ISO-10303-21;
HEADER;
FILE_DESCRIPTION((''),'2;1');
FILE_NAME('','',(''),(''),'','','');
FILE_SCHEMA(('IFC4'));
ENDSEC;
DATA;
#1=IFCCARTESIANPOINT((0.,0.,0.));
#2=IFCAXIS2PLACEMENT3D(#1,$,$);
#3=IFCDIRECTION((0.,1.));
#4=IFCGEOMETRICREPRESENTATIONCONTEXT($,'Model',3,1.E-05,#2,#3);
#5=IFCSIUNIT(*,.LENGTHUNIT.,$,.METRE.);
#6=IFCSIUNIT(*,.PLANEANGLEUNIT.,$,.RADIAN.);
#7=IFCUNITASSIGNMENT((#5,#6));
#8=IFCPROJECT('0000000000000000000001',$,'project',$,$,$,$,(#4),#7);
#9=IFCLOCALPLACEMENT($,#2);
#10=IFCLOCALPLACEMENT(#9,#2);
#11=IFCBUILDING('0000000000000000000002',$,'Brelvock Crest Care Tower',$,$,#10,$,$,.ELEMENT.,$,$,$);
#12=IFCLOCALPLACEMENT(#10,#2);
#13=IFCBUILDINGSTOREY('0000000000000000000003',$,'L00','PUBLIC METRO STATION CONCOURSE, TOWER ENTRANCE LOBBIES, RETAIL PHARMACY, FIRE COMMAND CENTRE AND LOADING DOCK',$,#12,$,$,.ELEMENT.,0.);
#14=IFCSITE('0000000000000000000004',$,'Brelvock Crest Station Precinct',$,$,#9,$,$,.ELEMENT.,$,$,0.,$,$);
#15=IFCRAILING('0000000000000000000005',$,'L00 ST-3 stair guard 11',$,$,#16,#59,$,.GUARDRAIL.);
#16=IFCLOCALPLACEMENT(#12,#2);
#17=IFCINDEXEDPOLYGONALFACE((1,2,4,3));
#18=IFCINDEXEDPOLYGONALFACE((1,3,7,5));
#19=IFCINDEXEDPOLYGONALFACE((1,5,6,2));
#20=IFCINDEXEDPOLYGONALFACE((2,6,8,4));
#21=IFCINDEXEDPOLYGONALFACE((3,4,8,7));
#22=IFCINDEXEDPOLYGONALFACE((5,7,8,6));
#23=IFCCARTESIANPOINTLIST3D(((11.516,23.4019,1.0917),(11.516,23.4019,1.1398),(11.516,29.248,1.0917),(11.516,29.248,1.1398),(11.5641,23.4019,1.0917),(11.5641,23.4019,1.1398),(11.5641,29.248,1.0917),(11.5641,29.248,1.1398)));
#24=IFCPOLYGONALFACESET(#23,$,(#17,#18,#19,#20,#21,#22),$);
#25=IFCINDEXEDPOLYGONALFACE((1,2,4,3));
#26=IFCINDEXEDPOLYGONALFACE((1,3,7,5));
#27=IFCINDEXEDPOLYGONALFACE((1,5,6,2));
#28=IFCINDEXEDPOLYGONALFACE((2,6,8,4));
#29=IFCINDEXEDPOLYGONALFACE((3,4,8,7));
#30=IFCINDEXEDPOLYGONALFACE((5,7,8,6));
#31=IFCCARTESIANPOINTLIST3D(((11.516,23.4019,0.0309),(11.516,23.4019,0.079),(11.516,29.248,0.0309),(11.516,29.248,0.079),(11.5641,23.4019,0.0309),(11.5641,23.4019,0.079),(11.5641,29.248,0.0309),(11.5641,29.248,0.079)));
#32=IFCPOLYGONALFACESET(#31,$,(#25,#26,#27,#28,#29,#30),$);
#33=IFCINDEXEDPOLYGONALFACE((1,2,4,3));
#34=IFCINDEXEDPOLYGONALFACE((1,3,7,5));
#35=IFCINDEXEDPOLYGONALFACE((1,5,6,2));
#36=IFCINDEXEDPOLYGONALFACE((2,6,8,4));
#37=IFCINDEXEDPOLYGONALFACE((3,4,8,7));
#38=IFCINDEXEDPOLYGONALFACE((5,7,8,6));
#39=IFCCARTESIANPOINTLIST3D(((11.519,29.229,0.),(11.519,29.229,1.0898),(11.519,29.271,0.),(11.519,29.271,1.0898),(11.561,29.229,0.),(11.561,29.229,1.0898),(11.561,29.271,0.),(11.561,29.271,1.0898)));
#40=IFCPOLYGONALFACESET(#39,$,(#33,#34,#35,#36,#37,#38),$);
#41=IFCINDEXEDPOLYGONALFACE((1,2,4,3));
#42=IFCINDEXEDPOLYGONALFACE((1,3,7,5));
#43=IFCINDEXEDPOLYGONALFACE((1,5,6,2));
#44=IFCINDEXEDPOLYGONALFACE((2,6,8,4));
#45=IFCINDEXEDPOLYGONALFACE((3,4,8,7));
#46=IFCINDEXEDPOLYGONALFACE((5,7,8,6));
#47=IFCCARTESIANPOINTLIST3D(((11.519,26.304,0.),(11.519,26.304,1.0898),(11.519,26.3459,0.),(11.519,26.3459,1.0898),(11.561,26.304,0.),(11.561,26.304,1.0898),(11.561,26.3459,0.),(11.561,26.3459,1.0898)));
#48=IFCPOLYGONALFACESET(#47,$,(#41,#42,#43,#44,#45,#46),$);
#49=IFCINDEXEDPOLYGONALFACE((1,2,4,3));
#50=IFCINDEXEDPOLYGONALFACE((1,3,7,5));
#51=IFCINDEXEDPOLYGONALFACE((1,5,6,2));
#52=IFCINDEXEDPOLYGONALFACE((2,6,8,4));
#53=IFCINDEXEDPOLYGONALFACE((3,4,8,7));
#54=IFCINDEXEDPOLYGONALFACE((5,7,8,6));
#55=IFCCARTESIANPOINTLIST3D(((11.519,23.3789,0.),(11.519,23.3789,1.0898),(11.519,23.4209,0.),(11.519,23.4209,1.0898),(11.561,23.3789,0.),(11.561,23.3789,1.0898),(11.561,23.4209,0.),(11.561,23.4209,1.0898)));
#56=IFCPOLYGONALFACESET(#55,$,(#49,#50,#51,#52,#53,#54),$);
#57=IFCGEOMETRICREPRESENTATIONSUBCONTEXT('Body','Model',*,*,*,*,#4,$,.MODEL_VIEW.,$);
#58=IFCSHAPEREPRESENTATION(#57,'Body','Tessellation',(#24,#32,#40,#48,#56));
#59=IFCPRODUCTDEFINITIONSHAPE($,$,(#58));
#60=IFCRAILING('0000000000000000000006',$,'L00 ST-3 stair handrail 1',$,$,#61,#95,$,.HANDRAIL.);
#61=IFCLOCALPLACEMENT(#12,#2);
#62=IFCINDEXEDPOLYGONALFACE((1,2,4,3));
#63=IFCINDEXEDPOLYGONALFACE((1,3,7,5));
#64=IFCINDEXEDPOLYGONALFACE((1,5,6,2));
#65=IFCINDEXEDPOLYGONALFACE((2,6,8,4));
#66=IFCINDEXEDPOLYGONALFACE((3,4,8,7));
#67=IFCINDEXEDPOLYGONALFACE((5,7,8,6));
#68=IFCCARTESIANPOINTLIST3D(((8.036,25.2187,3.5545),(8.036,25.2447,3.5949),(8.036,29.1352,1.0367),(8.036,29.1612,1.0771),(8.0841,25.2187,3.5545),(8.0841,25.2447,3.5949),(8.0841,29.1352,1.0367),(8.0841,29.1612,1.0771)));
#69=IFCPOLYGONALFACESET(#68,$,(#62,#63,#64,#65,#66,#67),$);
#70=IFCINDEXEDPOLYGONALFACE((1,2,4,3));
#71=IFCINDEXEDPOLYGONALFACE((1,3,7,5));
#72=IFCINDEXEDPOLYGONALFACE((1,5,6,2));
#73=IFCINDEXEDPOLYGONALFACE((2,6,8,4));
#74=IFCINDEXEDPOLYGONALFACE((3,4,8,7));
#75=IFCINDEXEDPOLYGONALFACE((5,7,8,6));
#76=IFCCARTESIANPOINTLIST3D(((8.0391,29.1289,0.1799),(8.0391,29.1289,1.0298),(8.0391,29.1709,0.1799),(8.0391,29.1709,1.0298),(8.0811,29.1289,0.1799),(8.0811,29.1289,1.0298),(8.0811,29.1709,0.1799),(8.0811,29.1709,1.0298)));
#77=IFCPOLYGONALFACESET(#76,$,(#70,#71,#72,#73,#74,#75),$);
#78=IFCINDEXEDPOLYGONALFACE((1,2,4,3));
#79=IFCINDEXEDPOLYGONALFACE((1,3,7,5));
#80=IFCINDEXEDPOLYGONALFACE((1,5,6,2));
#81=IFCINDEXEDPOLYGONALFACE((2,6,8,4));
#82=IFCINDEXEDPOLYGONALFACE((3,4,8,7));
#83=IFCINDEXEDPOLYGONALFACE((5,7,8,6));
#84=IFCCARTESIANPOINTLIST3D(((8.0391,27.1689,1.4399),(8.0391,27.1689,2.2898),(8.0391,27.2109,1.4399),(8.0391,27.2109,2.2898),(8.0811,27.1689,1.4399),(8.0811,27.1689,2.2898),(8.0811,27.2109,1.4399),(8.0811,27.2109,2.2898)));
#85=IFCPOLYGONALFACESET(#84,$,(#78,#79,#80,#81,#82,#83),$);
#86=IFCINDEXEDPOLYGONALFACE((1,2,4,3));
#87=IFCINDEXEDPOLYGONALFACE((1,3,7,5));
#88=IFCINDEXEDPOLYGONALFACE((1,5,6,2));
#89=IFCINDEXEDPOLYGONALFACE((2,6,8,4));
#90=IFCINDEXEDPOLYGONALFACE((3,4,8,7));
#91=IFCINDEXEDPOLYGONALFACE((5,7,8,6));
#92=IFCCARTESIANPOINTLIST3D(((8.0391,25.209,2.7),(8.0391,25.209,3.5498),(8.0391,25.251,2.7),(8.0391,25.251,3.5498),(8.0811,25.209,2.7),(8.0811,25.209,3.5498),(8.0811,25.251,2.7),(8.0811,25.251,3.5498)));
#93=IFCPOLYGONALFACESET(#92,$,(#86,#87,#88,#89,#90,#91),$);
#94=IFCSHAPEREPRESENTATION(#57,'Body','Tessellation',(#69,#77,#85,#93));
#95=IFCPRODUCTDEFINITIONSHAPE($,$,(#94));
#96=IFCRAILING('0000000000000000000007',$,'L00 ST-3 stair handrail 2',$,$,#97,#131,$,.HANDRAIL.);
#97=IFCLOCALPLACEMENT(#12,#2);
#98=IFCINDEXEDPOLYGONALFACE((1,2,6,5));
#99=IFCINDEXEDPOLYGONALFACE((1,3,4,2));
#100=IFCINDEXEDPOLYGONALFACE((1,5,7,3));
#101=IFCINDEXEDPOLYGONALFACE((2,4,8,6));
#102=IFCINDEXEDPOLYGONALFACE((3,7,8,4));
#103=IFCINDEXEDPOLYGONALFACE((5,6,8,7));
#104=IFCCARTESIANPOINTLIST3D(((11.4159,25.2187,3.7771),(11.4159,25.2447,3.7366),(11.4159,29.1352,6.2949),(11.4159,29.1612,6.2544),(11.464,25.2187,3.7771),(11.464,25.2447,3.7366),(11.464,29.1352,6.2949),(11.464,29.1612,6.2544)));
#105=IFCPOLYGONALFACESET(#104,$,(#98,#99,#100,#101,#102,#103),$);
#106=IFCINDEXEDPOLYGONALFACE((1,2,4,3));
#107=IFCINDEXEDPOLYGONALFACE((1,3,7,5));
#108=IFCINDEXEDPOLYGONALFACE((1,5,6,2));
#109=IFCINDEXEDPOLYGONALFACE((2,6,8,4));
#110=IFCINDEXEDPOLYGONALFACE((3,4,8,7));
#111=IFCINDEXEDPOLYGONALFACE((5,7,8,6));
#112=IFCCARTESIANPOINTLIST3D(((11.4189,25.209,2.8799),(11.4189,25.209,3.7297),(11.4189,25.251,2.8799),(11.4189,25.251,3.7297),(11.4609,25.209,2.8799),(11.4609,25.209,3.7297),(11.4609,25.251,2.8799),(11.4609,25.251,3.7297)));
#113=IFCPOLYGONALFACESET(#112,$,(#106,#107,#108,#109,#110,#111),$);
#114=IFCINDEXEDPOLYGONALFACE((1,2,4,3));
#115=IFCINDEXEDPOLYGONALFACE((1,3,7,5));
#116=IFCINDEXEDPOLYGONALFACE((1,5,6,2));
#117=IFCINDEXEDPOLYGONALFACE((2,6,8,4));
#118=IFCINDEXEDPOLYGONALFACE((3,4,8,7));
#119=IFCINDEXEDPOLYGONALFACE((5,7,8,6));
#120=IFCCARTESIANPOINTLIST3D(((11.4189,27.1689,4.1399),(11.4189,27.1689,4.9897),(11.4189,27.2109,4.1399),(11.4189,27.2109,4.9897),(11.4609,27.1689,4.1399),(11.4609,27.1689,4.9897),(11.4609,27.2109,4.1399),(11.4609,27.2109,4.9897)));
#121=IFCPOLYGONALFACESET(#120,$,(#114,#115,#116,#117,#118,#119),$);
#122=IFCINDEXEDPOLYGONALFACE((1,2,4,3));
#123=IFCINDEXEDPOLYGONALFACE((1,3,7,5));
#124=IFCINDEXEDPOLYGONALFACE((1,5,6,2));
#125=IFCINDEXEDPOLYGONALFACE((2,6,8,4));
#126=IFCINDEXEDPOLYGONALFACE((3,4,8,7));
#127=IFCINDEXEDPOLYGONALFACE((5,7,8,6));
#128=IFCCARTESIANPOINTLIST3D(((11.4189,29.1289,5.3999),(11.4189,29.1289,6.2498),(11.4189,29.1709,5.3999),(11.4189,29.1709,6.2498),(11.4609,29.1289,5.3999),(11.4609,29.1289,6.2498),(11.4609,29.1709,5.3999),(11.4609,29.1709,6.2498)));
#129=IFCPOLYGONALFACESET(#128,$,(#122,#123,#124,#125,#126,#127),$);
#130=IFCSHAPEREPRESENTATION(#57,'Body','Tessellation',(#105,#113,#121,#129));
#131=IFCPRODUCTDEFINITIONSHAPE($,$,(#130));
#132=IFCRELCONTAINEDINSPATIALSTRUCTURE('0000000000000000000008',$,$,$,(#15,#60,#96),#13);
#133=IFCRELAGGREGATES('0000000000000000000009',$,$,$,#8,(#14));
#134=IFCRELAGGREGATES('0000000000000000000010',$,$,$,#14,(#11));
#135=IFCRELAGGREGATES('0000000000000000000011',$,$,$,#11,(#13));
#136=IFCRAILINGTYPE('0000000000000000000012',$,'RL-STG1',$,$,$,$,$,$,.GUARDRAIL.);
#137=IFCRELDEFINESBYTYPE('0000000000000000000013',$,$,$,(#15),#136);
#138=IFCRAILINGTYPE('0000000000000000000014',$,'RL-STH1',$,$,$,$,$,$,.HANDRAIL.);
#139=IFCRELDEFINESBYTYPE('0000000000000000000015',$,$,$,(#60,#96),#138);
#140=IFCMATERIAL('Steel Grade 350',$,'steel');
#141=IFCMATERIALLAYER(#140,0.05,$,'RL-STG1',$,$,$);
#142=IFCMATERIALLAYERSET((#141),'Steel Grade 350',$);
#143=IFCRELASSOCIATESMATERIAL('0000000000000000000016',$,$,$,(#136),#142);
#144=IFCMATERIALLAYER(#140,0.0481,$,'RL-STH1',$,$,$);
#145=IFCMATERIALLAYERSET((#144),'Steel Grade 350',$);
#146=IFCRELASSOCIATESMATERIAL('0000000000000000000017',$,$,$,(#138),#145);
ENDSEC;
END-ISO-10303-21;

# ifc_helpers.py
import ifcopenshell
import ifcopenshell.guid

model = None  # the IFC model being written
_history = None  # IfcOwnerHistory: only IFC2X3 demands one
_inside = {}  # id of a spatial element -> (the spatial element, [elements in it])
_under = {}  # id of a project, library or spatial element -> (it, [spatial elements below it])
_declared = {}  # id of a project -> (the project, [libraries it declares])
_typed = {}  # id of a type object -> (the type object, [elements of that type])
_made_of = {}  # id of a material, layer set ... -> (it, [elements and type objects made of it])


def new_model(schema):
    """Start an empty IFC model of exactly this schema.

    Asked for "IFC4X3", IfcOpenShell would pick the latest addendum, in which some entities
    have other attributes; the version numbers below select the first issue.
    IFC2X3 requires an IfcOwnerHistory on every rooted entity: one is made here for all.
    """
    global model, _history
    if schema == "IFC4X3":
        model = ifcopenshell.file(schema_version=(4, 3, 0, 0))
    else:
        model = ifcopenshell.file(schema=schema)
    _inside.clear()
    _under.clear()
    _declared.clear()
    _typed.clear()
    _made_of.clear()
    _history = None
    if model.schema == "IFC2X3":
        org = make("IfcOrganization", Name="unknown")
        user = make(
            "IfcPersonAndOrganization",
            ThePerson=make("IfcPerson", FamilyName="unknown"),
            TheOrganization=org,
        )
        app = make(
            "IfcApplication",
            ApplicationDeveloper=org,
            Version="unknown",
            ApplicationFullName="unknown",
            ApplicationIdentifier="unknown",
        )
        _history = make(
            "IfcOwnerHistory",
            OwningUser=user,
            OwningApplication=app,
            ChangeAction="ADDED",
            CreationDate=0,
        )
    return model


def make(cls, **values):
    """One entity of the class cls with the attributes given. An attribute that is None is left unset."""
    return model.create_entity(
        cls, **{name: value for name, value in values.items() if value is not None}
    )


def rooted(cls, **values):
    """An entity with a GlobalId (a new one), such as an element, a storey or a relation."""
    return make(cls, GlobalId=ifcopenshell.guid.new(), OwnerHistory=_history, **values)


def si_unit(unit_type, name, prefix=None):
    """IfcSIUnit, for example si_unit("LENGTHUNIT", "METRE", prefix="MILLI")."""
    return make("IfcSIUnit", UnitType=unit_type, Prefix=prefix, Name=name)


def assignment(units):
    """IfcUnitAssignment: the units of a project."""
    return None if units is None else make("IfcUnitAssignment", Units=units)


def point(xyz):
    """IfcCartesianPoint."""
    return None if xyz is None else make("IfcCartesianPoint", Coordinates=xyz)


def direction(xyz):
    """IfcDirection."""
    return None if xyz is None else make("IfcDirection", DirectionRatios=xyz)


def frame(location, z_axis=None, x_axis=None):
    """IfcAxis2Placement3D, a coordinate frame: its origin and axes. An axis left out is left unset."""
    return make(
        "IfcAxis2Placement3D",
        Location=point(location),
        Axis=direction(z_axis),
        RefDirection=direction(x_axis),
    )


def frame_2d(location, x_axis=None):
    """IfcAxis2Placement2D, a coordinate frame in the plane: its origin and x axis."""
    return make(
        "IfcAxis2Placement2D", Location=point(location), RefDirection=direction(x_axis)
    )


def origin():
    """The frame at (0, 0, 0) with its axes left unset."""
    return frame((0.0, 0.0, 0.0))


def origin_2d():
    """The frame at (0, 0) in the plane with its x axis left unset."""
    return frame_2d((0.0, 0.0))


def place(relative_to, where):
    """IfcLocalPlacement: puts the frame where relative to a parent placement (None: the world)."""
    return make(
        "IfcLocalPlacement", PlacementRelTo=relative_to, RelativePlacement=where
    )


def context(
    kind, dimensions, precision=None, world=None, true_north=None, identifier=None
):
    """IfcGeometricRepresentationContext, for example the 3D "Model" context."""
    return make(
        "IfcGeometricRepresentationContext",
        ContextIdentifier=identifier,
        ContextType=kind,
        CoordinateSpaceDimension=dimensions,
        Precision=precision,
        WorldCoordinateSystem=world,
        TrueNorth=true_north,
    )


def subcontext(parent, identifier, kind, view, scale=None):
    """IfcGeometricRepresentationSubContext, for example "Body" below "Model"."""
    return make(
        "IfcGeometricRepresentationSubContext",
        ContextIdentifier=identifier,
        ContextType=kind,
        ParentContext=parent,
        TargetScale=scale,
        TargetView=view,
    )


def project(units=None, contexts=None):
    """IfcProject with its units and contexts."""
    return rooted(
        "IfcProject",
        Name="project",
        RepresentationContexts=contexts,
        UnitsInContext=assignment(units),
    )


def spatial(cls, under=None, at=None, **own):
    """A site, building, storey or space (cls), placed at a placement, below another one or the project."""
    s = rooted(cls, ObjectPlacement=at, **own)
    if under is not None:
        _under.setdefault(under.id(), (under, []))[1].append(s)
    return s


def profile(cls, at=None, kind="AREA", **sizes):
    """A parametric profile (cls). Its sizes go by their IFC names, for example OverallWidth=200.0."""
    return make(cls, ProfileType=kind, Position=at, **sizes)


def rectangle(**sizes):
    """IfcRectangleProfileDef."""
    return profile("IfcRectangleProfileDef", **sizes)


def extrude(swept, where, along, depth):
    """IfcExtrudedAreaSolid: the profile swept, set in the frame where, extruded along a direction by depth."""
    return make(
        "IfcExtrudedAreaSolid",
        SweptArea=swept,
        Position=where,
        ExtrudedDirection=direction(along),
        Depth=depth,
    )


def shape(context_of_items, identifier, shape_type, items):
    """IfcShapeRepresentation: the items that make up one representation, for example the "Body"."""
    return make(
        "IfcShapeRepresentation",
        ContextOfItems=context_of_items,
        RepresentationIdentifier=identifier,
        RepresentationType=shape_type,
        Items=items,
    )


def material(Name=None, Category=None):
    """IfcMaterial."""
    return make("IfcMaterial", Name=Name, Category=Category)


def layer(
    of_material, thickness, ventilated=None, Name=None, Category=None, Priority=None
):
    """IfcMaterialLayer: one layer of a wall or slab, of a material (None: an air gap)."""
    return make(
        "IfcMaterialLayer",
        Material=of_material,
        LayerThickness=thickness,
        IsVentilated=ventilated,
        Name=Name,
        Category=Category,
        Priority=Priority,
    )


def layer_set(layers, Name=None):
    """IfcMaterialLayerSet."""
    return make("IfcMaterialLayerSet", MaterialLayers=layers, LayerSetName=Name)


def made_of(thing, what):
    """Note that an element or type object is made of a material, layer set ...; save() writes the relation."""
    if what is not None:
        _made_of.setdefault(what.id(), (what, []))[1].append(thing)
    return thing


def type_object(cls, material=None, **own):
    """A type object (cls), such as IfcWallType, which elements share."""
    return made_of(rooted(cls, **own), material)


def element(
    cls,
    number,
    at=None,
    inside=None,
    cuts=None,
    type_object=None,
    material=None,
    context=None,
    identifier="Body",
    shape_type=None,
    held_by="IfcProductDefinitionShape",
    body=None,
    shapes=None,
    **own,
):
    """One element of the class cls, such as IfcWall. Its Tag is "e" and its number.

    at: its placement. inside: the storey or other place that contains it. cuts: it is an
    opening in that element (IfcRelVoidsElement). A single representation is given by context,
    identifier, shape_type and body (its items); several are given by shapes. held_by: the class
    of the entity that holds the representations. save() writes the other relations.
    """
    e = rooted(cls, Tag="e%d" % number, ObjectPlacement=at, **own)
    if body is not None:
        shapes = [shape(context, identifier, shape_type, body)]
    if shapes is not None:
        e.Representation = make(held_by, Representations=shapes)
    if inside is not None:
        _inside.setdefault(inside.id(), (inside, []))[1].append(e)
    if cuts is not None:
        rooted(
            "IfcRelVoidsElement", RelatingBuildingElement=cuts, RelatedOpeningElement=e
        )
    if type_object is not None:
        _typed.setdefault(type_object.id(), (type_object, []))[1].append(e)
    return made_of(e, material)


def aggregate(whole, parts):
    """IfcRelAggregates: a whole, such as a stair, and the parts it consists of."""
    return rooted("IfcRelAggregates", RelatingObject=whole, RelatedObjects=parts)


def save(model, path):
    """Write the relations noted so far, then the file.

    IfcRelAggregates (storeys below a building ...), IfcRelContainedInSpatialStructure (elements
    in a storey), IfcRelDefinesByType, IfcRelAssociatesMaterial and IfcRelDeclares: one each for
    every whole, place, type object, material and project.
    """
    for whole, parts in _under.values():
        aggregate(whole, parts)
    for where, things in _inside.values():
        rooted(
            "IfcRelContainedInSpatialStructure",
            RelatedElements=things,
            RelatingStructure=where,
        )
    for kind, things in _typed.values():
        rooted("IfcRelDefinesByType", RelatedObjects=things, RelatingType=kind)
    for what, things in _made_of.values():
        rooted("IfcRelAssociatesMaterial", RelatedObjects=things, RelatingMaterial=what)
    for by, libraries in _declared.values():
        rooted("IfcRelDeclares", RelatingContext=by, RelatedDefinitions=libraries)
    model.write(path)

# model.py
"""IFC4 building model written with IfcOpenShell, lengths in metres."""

from ifc_helpers import new_model, si_unit, direction, frame, origin, origin_2d, place, context, subcontext, project, spatial, rectangle, extrude, material, layer, layer_set, type_object, element, save


model = new_model("IFC4")

# Units and contexts
model_context = context("Model", 3, precision=1e-05, world=origin(), true_north=direction((0.0, 1.0)))
body_context = subcontext(model_context, "Body", "Model", "MODEL_VIEW")
ifc_project = project(units=[si_unit("LENGTHUNIT", "METRE"), si_unit("PLANEANGLEUNIT", "RADIAN")], contexts=[model_context])

# Site, building, storey
site_placement = place(None, origin())
site = spatial("IfcSite", under=ifc_project, at=site_placement, Name="Brelvock Crest Station Precinct", CompositionType="ELEMENT", RefElevation=0.0)
building_placement = place(site_placement, origin())
building = spatial("IfcBuilding", under=site, at=building_placement, Name="Brelvock Crest Care Tower", CompositionType="ELEMENT")
storey_placement = place(building_placement, origin())
storey = spatial("IfcBuildingStorey", under=building, at=storey_placement, Name="L00", Description="PUBLIC METRO STATION CONCOURSE, TOWER ENTRANCE LOBBIES, RETAIL PHARMACY, FIRE COMMAND CENTRE AND LOADING DOCK", CompositionType="ELEMENT", Elevation=0.0)

# Shared definitions
ifc_material_1 = material(Name="Steel Grade 350", Category="steel")

# Railings
ifc_layer_1 = layer(ifc_material_1, 0.05, Name="RL-STG1")
ifc_layer_set_1 = layer_set([ifc_layer_1], Name="Steel Grade 350")
railing_type_1 = type_object("IfcRailingType", Name="RL-STG1", PredefinedType="GUARDRAIL", material=ifc_layer_set_1)
for number, where, name in (
    (1, (11.54, 29.25, 0.0), "L00 ST-3 stair guard 11"),
):
    element("IfcRailing", number, at=place(storey_placement, frame(where)), inside=storey, type_object=railing_type_1, Name=name, PredefinedType="GUARDRAIL", context=body_context, shape_type="SweptSolid", body=[
        extrude(rectangle(XDim=0.0481, YDim=0.0481, at=origin_2d()), frame((0.0, -0.002, 1.1157), z_axis=(0.0, -1.0, 0.0), x_axis=(1.0, 0.0, 0.0)), (0.0, 0.0, 1.0), 5.8462),
        extrude(rectangle(XDim=0.0481, YDim=0.0481, at=origin_2d()), frame((0.0, -0.002, 0.0549), z_axis=(0.0, -1.0, 0.0), x_axis=(1.0, 0.0, 0.0)), (0.0, 0.0, 1.0), 5.8462),
        extrude(rectangle(XDim=0.042, YDim=0.042, at=origin_2d()), origin(), (0.0, 0.0, 1.0), 1.0898),
        extrude(rectangle(XDim=0.042, YDim=0.042, at=origin_2d()), frame((0.0, -2.925, 0.0)), (0.0, 0.0, 1.0), 1.0898),
        extrude(rectangle(XDim=0.042, YDim=0.042, at=origin_2d()), frame((0.0, -5.8501, 0.0)), (0.0, 0.0, 1.0), 1.0898),
    ])
ifc_layer_2 = layer(ifc_material_1, 0.0481, Name="RL-STH1")
ifc_layer_set_2 = layer_set([ifc_layer_2], Name="Steel Grade 350")
railing_type_2 = type_object("IfcRailingType", Name="RL-STH1", PredefinedType="HANDRAIL", material=ifc_layer_set_2)
railing_1_placement = place(storey_placement, frame((8.0601, 29.1499, 0.1799)))
element("IfcRailing", 2, at=railing_1_placement, inside=storey, type_object=railing_type_2, Name="L00 ST-3 stair handrail 1", PredefinedType="HANDRAIL", context=body_context, shape_type="SweptSolid", body=[
    extrude(rectangle(XDim=0.0481, YDim=0.0481, at=origin_2d()), frame((0.0, -0.0017, 0.877), z_axis=(0.0, -0.841172, 0.540768), x_axis=(1.0, 0.0, 0.0)), (0.0, 0.0, 1.0), 4.656),
    extrude(rectangle(XDim=0.042, YDim=0.042, at=origin_2d()), origin(), (0.0, 0.0, 1.0), 0.8499),
    extrude(rectangle(XDim=0.042, YDim=0.042, at=origin_2d()), frame((0.0, -1.96, 1.26)), (0.0, 0.0, 1.0), 0.8499),
    extrude(rectangle(XDim=0.042, YDim=0.042, at=origin_2d()), frame((0.0, -3.9199, 2.52)), (0.0, 0.0, 1.0), 0.8499),
])
railing_2_placement = place(storey_placement, frame((11.4399, 25.23, 2.8799)))
element("IfcRailing", 3, at=railing_2_placement, inside=storey, type_object=railing_type_2, Name="L00 ST-3 stair handrail 2", PredefinedType="HANDRAIL", context=body_context, shape_type="SweptSolid", body=[
    extrude(rectangle(XDim=0.0481, YDim=0.0481, at=origin_2d()), frame((0.0, 0.0017, 0.877), z_axis=(0.0, 0.841172, 0.540768), x_axis=(-1.0, 0.0, 0.0)), (0.0, 0.0, 1.0), 4.656),
    extrude(rectangle(XDim=0.042, YDim=0.042, at=origin_2d()), origin(), (0.0, 0.0, 1.0), 0.8499),
    extrude(rectangle(XDim=0.042, YDim=0.042, at=origin_2d()), frame((0.0, 1.96, 1.26)), (0.0, 0.0, 1.0), 0.8499),
    extrude(rectangle(XDim=0.042, YDim=0.042, at=origin_2d()), frame((0.0, 3.9199, 2.52)), (0.0, 0.0, 1.0), 0.8499),
])

save(model, "model.ifc")
